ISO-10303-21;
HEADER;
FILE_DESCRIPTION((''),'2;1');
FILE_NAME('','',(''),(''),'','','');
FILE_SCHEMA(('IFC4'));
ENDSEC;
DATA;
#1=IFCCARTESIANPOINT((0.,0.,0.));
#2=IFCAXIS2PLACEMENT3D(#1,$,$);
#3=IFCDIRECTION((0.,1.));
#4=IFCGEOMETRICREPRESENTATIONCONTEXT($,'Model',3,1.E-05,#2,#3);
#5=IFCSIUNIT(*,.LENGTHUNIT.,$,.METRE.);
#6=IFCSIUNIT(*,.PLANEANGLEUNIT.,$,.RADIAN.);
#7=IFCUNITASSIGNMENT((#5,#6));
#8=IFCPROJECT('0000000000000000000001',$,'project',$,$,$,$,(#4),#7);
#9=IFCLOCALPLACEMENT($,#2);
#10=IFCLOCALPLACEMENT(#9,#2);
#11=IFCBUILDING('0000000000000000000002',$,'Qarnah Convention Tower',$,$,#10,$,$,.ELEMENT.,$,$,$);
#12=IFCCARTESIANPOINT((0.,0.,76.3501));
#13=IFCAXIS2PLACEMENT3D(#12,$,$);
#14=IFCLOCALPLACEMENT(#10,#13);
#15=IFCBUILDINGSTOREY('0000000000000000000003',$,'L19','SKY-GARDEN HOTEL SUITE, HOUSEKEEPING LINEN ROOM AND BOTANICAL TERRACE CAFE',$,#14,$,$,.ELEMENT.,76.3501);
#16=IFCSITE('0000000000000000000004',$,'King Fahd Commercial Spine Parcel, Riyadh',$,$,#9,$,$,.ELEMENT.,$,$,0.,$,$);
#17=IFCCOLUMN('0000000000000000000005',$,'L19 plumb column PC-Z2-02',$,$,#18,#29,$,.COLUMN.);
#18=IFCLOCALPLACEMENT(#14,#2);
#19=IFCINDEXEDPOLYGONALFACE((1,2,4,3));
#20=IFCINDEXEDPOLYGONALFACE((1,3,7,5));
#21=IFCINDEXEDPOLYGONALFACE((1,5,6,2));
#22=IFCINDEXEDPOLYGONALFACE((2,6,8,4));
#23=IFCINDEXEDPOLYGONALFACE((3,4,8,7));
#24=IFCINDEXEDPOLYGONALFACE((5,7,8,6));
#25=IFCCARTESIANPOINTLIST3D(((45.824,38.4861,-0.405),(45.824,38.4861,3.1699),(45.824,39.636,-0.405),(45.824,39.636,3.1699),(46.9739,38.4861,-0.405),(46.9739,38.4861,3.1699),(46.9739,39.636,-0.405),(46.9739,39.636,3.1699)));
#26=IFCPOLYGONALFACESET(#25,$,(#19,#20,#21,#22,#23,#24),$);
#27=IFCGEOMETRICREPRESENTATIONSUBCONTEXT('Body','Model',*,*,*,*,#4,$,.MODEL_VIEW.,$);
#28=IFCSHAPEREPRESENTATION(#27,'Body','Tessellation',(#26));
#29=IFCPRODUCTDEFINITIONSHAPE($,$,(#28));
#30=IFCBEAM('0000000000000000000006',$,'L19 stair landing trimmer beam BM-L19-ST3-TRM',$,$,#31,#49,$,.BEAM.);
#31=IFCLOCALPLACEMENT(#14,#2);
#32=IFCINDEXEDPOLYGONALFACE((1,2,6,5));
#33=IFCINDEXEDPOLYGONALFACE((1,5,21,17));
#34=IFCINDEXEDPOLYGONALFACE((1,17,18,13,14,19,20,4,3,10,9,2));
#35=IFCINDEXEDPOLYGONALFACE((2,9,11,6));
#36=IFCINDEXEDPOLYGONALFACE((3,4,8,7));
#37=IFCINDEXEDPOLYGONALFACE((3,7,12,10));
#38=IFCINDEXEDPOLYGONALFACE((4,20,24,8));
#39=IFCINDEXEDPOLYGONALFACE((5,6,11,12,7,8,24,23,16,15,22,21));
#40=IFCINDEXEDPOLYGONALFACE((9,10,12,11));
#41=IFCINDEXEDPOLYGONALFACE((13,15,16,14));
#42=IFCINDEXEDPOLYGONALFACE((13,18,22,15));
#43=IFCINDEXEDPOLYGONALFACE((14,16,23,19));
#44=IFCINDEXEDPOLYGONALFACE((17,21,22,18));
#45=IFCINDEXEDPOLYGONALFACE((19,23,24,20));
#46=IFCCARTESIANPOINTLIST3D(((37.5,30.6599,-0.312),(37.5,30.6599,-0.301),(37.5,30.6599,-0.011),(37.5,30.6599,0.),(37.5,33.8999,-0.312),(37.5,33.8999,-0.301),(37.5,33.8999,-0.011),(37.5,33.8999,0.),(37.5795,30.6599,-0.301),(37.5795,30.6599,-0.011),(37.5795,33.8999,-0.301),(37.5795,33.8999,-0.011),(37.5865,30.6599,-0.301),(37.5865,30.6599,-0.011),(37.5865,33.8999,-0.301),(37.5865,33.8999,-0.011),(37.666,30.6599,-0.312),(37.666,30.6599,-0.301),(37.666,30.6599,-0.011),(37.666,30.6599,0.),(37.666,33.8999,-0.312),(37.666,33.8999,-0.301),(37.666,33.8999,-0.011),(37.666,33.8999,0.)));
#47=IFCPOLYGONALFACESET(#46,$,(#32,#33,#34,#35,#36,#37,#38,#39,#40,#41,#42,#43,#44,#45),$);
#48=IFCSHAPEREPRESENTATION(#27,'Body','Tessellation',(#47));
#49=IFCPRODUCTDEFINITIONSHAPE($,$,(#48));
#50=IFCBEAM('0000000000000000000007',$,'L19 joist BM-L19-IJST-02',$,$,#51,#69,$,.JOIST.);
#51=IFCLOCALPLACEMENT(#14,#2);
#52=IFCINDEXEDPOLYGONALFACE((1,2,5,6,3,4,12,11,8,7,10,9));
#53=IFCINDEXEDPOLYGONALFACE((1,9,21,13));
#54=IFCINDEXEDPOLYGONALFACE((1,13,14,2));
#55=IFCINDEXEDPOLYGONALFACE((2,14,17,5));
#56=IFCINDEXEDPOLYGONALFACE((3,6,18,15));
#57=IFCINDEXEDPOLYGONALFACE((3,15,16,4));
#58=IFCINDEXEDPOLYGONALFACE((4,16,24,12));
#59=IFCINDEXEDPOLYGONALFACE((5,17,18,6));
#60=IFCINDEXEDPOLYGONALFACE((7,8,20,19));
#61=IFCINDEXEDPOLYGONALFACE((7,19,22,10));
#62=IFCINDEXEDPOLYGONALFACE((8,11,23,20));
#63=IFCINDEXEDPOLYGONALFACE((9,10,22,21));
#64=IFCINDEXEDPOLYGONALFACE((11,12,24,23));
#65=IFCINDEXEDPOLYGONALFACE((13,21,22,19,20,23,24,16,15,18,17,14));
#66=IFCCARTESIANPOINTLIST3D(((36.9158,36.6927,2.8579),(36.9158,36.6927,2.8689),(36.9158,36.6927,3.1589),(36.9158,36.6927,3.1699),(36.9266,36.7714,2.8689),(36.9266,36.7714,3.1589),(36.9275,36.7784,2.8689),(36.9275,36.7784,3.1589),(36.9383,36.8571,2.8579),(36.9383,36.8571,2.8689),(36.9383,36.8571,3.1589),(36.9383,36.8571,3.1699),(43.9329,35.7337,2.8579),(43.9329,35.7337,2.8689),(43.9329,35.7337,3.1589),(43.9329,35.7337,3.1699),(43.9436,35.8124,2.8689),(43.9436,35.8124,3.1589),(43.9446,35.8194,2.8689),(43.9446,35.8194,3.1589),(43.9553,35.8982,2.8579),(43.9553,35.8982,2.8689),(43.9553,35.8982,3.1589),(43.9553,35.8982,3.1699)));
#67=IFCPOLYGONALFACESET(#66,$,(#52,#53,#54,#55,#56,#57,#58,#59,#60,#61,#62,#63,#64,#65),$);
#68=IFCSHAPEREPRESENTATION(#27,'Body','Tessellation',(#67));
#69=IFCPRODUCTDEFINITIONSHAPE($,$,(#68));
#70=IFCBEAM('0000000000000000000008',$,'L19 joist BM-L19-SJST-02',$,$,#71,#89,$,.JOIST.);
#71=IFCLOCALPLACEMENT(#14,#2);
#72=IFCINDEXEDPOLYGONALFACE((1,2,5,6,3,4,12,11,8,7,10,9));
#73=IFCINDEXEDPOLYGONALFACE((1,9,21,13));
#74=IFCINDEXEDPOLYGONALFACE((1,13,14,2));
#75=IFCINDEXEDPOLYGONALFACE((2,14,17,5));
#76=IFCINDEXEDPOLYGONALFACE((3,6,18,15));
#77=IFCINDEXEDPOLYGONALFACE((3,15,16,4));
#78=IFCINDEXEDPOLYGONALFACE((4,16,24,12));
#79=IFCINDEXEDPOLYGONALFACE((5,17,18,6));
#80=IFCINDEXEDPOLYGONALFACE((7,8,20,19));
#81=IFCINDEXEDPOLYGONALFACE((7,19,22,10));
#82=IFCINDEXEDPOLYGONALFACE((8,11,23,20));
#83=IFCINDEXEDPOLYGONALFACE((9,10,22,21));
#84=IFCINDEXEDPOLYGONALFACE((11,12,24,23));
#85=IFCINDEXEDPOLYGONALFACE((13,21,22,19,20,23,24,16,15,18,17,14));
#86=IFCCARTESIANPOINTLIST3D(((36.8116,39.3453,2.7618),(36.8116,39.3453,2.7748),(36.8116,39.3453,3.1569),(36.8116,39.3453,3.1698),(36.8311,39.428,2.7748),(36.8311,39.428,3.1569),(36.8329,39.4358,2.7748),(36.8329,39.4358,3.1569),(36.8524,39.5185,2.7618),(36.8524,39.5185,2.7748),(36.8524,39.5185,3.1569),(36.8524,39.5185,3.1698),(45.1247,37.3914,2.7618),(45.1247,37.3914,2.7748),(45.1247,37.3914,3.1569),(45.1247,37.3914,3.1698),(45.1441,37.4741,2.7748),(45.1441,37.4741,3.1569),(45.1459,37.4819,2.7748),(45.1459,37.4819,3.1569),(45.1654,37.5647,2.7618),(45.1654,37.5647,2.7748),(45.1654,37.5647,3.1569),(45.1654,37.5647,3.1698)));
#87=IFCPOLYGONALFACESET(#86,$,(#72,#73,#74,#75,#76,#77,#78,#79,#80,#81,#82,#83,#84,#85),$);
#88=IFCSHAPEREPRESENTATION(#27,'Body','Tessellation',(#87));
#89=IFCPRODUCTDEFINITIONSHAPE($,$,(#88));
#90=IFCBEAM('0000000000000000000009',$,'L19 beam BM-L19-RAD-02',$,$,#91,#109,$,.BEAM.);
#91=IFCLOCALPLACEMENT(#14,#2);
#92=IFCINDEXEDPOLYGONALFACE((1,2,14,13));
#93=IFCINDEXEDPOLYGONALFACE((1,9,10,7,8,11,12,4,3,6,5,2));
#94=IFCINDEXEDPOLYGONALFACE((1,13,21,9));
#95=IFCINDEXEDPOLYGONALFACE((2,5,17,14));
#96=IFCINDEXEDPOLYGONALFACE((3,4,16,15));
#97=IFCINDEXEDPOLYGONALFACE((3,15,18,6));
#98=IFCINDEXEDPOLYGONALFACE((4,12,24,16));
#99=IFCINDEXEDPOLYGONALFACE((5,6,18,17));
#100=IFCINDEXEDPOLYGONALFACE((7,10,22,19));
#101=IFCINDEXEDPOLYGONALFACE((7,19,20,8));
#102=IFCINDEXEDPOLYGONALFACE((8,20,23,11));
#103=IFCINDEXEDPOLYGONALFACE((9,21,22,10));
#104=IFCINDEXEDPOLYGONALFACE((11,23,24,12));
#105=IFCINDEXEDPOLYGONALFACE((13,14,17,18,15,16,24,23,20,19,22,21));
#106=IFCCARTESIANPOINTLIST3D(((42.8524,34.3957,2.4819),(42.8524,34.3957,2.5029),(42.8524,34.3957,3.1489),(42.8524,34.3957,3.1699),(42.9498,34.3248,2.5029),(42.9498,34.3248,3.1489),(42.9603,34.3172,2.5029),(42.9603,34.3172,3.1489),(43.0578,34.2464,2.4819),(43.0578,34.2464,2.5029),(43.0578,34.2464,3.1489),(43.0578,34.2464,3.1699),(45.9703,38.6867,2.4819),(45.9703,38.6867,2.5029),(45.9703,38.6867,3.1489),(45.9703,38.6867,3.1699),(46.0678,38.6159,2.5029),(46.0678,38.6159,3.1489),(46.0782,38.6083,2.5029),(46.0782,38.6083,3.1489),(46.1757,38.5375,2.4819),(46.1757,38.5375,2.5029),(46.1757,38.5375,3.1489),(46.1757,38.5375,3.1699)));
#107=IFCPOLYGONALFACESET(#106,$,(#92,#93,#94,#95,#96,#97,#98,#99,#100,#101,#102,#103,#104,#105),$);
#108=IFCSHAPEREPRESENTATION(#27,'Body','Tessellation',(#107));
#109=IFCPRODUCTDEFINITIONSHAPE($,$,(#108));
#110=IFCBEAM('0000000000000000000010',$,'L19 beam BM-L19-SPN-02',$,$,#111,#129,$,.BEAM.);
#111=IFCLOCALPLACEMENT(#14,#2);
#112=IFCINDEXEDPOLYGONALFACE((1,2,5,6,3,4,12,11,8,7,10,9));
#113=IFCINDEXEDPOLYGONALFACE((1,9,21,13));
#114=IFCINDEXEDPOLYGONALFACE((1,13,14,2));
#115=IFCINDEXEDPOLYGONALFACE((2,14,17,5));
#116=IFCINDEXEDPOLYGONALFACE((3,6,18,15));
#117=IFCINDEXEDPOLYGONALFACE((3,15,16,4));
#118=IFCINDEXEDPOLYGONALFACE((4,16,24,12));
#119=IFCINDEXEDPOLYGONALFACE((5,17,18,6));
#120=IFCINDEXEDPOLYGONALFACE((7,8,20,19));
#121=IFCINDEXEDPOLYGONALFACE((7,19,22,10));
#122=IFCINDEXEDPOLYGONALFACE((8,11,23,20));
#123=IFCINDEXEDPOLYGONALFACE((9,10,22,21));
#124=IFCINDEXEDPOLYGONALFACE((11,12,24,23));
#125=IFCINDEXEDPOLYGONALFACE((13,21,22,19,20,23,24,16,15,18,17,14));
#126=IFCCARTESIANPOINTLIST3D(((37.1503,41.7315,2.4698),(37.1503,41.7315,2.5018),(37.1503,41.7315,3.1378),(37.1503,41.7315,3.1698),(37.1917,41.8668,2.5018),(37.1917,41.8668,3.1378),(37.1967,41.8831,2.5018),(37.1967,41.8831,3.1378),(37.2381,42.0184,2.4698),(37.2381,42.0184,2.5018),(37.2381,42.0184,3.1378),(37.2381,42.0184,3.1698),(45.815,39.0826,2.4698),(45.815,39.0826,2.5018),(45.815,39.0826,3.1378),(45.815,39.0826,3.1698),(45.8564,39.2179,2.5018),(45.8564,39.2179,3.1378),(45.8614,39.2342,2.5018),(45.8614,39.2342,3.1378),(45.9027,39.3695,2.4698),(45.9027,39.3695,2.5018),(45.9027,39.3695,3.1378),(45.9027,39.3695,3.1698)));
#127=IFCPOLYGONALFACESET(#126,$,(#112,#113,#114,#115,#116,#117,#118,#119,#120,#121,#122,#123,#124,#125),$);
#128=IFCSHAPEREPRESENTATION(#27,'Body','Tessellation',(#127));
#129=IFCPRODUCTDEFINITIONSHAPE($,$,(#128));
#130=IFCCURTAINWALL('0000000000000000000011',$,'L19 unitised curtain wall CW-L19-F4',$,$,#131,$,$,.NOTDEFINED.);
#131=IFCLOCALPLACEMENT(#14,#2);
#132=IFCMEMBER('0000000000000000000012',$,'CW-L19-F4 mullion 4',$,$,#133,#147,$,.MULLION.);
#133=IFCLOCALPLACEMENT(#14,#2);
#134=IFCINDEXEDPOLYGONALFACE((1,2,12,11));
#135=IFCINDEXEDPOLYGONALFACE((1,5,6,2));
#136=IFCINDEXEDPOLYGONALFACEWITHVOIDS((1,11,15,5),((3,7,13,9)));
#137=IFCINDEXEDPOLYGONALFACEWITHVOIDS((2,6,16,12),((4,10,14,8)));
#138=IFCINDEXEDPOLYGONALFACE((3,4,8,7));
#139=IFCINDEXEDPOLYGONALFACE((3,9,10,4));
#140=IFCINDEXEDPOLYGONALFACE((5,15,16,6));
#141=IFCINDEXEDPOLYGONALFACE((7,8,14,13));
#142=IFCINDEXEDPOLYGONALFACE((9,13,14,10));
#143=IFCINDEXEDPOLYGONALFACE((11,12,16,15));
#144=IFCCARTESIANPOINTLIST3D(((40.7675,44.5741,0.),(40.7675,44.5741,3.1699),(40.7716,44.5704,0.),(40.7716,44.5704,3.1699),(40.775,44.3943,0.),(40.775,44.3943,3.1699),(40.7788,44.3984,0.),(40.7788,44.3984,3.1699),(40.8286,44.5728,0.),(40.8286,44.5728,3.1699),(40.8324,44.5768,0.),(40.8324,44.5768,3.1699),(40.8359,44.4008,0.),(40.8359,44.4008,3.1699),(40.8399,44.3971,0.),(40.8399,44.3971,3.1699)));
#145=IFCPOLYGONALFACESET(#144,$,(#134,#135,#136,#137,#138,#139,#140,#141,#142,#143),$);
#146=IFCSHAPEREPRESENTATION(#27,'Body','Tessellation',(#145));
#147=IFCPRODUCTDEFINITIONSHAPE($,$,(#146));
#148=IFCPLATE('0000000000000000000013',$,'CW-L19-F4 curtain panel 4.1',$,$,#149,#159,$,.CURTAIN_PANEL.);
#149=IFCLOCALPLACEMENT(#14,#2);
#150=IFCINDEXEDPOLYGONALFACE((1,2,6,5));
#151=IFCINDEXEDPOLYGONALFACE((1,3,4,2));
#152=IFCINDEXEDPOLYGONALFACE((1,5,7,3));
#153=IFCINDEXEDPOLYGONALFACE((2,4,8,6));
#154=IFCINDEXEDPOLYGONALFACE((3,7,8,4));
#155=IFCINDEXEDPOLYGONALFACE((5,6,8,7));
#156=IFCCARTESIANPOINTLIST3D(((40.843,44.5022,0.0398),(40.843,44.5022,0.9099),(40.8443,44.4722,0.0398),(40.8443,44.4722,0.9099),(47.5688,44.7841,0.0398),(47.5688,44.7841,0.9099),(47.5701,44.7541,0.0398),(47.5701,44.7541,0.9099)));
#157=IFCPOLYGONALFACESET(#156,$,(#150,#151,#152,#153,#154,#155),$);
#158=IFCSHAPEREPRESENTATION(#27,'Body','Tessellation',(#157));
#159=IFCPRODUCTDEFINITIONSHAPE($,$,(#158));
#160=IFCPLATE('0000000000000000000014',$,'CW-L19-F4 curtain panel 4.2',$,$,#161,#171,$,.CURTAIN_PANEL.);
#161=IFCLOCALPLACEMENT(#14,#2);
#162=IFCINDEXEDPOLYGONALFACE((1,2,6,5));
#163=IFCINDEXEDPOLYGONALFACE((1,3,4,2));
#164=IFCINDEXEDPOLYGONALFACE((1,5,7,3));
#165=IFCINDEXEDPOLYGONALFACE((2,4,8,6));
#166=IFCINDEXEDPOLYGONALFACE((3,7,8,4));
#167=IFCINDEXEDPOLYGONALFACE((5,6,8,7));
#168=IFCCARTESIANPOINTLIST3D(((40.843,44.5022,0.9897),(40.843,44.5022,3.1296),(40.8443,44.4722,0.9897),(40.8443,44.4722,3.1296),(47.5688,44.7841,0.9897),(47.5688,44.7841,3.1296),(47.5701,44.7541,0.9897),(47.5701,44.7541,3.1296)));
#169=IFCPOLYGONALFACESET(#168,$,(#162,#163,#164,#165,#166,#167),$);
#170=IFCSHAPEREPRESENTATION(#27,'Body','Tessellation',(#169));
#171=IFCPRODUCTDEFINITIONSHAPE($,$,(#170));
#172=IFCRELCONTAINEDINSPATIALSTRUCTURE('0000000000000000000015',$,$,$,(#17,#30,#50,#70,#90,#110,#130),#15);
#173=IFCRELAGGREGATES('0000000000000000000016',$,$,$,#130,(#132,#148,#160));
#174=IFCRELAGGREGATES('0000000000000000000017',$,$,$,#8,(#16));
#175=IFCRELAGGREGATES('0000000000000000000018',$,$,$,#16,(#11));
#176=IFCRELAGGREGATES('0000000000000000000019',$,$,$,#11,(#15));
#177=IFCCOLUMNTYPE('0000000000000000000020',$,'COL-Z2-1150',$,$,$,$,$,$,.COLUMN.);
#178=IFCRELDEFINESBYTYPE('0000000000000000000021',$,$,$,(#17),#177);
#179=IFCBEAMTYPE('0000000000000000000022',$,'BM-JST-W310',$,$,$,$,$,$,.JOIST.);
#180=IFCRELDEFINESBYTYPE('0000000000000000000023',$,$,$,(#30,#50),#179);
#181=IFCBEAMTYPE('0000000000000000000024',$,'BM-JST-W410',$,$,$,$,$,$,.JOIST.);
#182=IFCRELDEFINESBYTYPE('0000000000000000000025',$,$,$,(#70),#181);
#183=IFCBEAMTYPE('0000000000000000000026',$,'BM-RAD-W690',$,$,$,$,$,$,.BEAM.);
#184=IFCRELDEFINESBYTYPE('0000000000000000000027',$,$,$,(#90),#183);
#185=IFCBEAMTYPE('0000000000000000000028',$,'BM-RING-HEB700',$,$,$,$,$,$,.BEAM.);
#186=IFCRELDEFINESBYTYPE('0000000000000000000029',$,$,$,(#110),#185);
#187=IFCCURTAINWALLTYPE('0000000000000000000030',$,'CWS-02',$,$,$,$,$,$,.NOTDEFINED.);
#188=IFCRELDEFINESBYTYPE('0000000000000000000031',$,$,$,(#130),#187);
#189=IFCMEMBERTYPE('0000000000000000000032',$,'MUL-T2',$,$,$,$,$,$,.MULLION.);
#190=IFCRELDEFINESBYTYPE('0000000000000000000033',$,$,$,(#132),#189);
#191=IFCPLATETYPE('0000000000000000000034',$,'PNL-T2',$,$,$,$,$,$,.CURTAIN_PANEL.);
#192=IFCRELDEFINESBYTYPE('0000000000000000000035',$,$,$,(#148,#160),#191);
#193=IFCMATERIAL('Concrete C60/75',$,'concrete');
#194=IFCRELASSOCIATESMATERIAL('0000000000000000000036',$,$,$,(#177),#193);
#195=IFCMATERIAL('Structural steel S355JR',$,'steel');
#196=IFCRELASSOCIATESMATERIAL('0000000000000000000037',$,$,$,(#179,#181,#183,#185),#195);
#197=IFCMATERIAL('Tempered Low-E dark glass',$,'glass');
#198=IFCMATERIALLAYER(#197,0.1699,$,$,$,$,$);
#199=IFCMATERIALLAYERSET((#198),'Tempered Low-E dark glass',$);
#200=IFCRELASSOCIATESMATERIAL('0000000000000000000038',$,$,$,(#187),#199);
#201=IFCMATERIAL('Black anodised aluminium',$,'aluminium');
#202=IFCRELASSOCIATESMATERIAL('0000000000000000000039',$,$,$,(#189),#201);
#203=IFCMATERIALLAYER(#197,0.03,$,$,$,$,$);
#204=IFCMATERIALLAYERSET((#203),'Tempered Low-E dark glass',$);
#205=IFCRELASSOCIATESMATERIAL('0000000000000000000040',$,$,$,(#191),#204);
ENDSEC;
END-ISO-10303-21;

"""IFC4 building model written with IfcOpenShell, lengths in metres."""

from ifc_helpers import new_model, si_unit, direction, frame, origin, origin_2d, place, context, subcontext, project, spatial, rectangle, hollow_rectangle, i_section, extrude, material, layer, layer_set, material_profile, profile_set, type_object, element, aggregate, save


model = new_model("IFC4")

# Units and contexts
model_context = context("Model", 3, precision=1e-05, world=origin(), true_north=direction((0.0, 1.0)))
body_context = subcontext(model_context, "Body", "Model", "MODEL_VIEW")
ifc_project = project(units=[si_unit("LENGTHUNIT", "METRE"), si_unit("PLANEANGLEUNIT", "RADIAN")], contexts=[model_context])

# Site, building, storey
site_placement = place(None, origin())
site = spatial("IfcSite", under=ifc_project, at=site_placement, Name="King Fahd Commercial Spine Parcel, Riyadh", CompositionType="ELEMENT", RefElevation=0.0)
building_placement = place(site_placement, origin())
building = spatial("IfcBuilding", under=site, at=building_placement, Name="Qarnah Convention Tower", CompositionType="ELEMENT")
storey_placement = place(building_placement, frame((0.0, 0.0, 76.3501)))
storey = spatial("IfcBuildingStorey", under=building, at=storey_placement, Name="L19", Description="SKY-GARDEN HOTEL SUITE, HOUSEKEEPING LINEN ROOM AND BOTANICAL TERRACE CAFE", CompositionType="ELEMENT", Elevation=76.3501)

# Column
ifc_material_1 = material(Name="Concrete C60/75", Category="concrete")
ifc_material_profile_1 = material_profile(ifc_material_1, rectangle(XDim=1.1499, YDim=1.1499, at=origin_2d()), Name="RC-COL-1150X1150")
ifc_profile_set_1 = profile_set([ifc_material_profile_1], Name="Concrete C60/75")
column_type = type_object("IfcColumnType", Name="COL-Z2-1150", PredefinedType="COLUMN", material=ifc_profile_set_1)
column_placement = place(storey_placement, frame((46.3989, 39.061, -0.405), z_axis=(0.0, 0.0, 1.0), x_axis=(1.0, 0.0, 0.0)))
element("IfcColumn", 1, at=column_placement, inside=storey, type_object=column_type, Name="L19 plumb column PC-Z2-02", PredefinedType="COLUMN", context=body_context, shape_type="SweptSolid", body=[
    extrude(rectangle(XDim=1.1499, YDim=1.1499, at=origin_2d()), origin(), (0.0, 0.0, 1.0), 3.575),
])

# Beams
ifc_material_2 = material(Name="Structural steel S355JR", Category="steel")
ifc_material_profile_2 = material_profile(ifc_material_2, i_section(OverallWidth=0.166, OverallDepth=0.312, WebThickness=0.0071, FlangeThickness=0.011, at=origin_2d()), Name="W310X45")
ifc_profile_set_2 = profile_set([ifc_material_profile_2], Name="Structural steel S355JR")
beam_type_1 = type_object("IfcBeamType", Name="BM-JST-W310", PredefinedType="JOIST", material=ifc_profile_set_2)
beam_1_placement = place(storey_placement, frame((37.583, 30.6599, -0.156), z_axis=(0.0, 1.0, 0.0), x_axis=(-1.0, 0.0, 0.0)))
element("IfcBeam", 2, at=beam_1_placement, inside=storey, type_object=beam_type_1, Name="L19 stair landing trimmer beam BM-L19-ST3-TRM", PredefinedType="BEAM", context=body_context, shape_type="SweptSolid", body=[
    extrude(i_section(OverallWidth=0.166, OverallDepth=0.312, WebThickness=0.0071, FlangeThickness=0.011, at=origin_2d()), origin(), (0.0, 0.0, 1.0), 3.24),
])
beam_2_placement = place(storey_placement, frame((43.9441, 35.8159, 3.0139), z_axis=(-0.99079, 0.135405, 0.0), x_axis=(-0.135405, -0.99079, 0.0)))
element("IfcBeam", 3, at=beam_2_placement, inside=storey, type_object=beam_type_1, Name="L19 joist BM-L19-IJST-02", PredefinedType="JOIST", context=body_context, shape_type="SweptSolid", body=[
    extrude(i_section(OverallWidth=0.166, OverallDepth=0.312, WebThickness=0.0071, FlangeThickness=0.011, at=origin_2d()), origin(), (0.0, 0.0, 1.0), 7.0823),
])
ifc_material_profile_3 = material_profile(ifc_material_2, i_section(OverallWidth=0.178, OverallDepth=0.408, WebThickness=0.0081, FlangeThickness=0.0129, at=origin_2d()), Name="W410X60")
ifc_profile_set_3 = profile_set([ifc_material_profile_3], Name="Structural steel S355JR")
beam_type_2 = type_object("IfcBeamType", Name="BM-JST-W410", PredefinedType="JOIST", material=ifc_profile_set_3)
beam_3_placement = place(storey_placement, frame((45.145, 37.478, 2.9658), z_axis=(-0.973473, 0.228802, 0.0), x_axis=(-0.228802, -0.973473, 0.0)))
element("IfcBeam", 4, at=beam_3_placement, inside=storey, type_object=beam_type_2, Name="L19 joist BM-L19-SJST-02", PredefinedType="JOIST", context=body_context, shape_type="SweptSolid", body=[
    extrude(i_section(OverallWidth=0.178, OverallDepth=0.408, WebThickness=0.0081, FlangeThickness=0.0129, at=origin_2d()), origin(), (0.0, 0.0, 1.0), 8.5396),
])
ifc_material_profile_4 = material_profile(ifc_material_2, i_section(OverallWidth=0.2539, OverallDepth=0.688, WebThickness=0.0129, FlangeThickness=0.021, at=origin_2d()), Name="W690X152")
ifc_profile_set_4 = profile_set([ifc_material_profile_4], Name="Structural steel S355JR")
beam_type_3 = type_object("IfcBeamType", Name="BM-RAD-W690", PredefinedType="BEAM", material=ifc_profile_set_4)
beam_4_placement = place(storey_placement, frame((42.9551, 34.321, 2.8259), z_axis=(0.587824, 0.808989, 0.0), x_axis=(-0.808989, 0.587824, 0.0)))
element("IfcBeam", 5, at=beam_4_placement, inside=storey, type_object=beam_type_3, Name="L19 beam BM-L19-RAD-02", PredefinedType="BEAM", context=body_context, shape_type="SweptSolid", body=[
    extrude(i_section(OverallWidth=0.2539, OverallDepth=0.688, WebThickness=0.0129, FlangeThickness=0.021, at=origin_2d()), origin(), (0.0, 0.0, 1.0), 5.3042),
])
ifc_material_profile_5 = material_profile(ifc_material_2, i_section(OverallWidth=0.3, OverallDepth=0.7, WebThickness=0.0171, FlangeThickness=0.032, at=origin_2d()), Name="HEB700")
ifc_profile_set_5 = profile_set([ifc_material_profile_5], Name="Structural steel S355JR")
beam_type_4 = type_object("IfcBeamType", Name="BM-RING-HEB700", PredefinedType="BEAM", material=ifc_profile_set_5)
beam_5_placement = place(storey_placement, frame((45.8589, 39.2261, 2.8198), z_axis=(-0.95631, 0.292355, 0.0), x_axis=(-0.292355, -0.95631, 0.0)))
element("IfcBeam", 6, at=beam_5_placement, inside=storey, type_object=beam_type_4, Name="L19 beam BM-L19-SPN-02", PredefinedType="BEAM", context=body_context, shape_type="SweptSolid", body=[
    extrude(i_section(OverallWidth=0.3, OverallDepth=0.7, WebThickness=0.0171, FlangeThickness=0.032, at=origin_2d()), origin(), (0.0, 0.0, 1.0), 9.0605),
])

# Curtain wall, member, plates
ifc_material_3 = material(Name="Tempered Low-E dark glass", Category="glass")
ifc_layer_1 = layer(ifc_material_3, 0.1699)
ifc_layer_set_1 = layer_set([ifc_layer_1], Name="Tempered Low-E dark glass")
curtain_wall_type = type_object("IfcCurtainWallType", Name="CWS-02", PredefinedType="NOTDEFINED", material=ifc_layer_set_1)
curtain_wall_placement = place(storey_placement, origin())
curtain_wall = element("IfcCurtainWall", 7, at=curtain_wall_placement, inside=storey, type_object=curtain_wall_type, Name="L19 unitised curtain wall CW-L19-F4", PredefinedType="NOTDEFINED")
ifc_material_4 = material(Name="Black anodised aluminium", Category="aluminium")
ifc_material_profile_6 = material_profile(ifc_material_4, hollow_rectangle(XDim=0.0649, YDim=0.1799, WallThickness=0.0039, at=origin_2d()), Name="MUL-65X180")
ifc_profile_set_6 = profile_set([ifc_material_profile_6], Name="Black anodised aluminium")
member_type = type_object("IfcMemberType", Name="MUL-T2", PredefinedType="MULLION", material=ifc_profile_set_6)
member_placement = place(storey_placement, frame((40.8037, 44.4856, 0.0), z_axis=(0.0, 0.0, 1.0), x_axis=(0.999123, 0.04187, 0.0)))
member = element("IfcMember", 8, at=member_placement, type_object=member_type, Name="CW-L19-F4 mullion 4", PredefinedType="MULLION", context=body_context, shape_type="SweptSolid", body=[
    extrude(hollow_rectangle(XDim=0.0649, YDim=0.1799, WallThickness=0.0039, at=origin_2d()), origin(), (0.0, 0.0, 1.0), 3.1699),
])
ifc_layer_2 = layer(ifc_material_3, 0.03)
ifc_layer_set_2 = layer_set([ifc_layer_2], Name="Tempered Low-E dark glass")
plate_type = type_object("IfcPlateType", Name="PNL-T2", PredefinedType="CURTAIN_PANEL", material=ifc_layer_set_2)
plate_1_placement = place(storey_placement, frame((44.2065, 44.6282, 0.0398), z_axis=(0.0, 0.0, 1.0), x_axis=(0.999123, 0.04187, 0.0)))
plate_1 = element("IfcPlate", 9, at=plate_1_placement, type_object=plate_type, Name="CW-L19-F4 curtain panel 4.1", PredefinedType="CURTAIN_PANEL", context=body_context, shape_type="SweptSolid", body=[
    extrude(rectangle(XDim=6.7317, YDim=0.03, at=origin_2d()), origin(), (0.0, 0.0, 1.0), 0.8701),
])
plate_2_placement = place(storey_placement, frame((44.2065, 44.6282, 0.9897), z_axis=(0.0, 0.0, 1.0), x_axis=(0.999123, 0.04187, 0.0)))
plate_2 = element("IfcPlate", 10, at=plate_2_placement, type_object=plate_type, Name="CW-L19-F4 curtain panel 4.2", PredefinedType="CURTAIN_PANEL", context=body_context, shape_type="SweptSolid", body=[
    extrude(rectangle(XDim=6.7317, YDim=0.03, at=origin_2d()), origin(), (0.0, 0.0, 1.0), 2.1399),
])
aggregate(curtain_wall, [member, plate_1, plate_2])

save(model, "model.ifc")
